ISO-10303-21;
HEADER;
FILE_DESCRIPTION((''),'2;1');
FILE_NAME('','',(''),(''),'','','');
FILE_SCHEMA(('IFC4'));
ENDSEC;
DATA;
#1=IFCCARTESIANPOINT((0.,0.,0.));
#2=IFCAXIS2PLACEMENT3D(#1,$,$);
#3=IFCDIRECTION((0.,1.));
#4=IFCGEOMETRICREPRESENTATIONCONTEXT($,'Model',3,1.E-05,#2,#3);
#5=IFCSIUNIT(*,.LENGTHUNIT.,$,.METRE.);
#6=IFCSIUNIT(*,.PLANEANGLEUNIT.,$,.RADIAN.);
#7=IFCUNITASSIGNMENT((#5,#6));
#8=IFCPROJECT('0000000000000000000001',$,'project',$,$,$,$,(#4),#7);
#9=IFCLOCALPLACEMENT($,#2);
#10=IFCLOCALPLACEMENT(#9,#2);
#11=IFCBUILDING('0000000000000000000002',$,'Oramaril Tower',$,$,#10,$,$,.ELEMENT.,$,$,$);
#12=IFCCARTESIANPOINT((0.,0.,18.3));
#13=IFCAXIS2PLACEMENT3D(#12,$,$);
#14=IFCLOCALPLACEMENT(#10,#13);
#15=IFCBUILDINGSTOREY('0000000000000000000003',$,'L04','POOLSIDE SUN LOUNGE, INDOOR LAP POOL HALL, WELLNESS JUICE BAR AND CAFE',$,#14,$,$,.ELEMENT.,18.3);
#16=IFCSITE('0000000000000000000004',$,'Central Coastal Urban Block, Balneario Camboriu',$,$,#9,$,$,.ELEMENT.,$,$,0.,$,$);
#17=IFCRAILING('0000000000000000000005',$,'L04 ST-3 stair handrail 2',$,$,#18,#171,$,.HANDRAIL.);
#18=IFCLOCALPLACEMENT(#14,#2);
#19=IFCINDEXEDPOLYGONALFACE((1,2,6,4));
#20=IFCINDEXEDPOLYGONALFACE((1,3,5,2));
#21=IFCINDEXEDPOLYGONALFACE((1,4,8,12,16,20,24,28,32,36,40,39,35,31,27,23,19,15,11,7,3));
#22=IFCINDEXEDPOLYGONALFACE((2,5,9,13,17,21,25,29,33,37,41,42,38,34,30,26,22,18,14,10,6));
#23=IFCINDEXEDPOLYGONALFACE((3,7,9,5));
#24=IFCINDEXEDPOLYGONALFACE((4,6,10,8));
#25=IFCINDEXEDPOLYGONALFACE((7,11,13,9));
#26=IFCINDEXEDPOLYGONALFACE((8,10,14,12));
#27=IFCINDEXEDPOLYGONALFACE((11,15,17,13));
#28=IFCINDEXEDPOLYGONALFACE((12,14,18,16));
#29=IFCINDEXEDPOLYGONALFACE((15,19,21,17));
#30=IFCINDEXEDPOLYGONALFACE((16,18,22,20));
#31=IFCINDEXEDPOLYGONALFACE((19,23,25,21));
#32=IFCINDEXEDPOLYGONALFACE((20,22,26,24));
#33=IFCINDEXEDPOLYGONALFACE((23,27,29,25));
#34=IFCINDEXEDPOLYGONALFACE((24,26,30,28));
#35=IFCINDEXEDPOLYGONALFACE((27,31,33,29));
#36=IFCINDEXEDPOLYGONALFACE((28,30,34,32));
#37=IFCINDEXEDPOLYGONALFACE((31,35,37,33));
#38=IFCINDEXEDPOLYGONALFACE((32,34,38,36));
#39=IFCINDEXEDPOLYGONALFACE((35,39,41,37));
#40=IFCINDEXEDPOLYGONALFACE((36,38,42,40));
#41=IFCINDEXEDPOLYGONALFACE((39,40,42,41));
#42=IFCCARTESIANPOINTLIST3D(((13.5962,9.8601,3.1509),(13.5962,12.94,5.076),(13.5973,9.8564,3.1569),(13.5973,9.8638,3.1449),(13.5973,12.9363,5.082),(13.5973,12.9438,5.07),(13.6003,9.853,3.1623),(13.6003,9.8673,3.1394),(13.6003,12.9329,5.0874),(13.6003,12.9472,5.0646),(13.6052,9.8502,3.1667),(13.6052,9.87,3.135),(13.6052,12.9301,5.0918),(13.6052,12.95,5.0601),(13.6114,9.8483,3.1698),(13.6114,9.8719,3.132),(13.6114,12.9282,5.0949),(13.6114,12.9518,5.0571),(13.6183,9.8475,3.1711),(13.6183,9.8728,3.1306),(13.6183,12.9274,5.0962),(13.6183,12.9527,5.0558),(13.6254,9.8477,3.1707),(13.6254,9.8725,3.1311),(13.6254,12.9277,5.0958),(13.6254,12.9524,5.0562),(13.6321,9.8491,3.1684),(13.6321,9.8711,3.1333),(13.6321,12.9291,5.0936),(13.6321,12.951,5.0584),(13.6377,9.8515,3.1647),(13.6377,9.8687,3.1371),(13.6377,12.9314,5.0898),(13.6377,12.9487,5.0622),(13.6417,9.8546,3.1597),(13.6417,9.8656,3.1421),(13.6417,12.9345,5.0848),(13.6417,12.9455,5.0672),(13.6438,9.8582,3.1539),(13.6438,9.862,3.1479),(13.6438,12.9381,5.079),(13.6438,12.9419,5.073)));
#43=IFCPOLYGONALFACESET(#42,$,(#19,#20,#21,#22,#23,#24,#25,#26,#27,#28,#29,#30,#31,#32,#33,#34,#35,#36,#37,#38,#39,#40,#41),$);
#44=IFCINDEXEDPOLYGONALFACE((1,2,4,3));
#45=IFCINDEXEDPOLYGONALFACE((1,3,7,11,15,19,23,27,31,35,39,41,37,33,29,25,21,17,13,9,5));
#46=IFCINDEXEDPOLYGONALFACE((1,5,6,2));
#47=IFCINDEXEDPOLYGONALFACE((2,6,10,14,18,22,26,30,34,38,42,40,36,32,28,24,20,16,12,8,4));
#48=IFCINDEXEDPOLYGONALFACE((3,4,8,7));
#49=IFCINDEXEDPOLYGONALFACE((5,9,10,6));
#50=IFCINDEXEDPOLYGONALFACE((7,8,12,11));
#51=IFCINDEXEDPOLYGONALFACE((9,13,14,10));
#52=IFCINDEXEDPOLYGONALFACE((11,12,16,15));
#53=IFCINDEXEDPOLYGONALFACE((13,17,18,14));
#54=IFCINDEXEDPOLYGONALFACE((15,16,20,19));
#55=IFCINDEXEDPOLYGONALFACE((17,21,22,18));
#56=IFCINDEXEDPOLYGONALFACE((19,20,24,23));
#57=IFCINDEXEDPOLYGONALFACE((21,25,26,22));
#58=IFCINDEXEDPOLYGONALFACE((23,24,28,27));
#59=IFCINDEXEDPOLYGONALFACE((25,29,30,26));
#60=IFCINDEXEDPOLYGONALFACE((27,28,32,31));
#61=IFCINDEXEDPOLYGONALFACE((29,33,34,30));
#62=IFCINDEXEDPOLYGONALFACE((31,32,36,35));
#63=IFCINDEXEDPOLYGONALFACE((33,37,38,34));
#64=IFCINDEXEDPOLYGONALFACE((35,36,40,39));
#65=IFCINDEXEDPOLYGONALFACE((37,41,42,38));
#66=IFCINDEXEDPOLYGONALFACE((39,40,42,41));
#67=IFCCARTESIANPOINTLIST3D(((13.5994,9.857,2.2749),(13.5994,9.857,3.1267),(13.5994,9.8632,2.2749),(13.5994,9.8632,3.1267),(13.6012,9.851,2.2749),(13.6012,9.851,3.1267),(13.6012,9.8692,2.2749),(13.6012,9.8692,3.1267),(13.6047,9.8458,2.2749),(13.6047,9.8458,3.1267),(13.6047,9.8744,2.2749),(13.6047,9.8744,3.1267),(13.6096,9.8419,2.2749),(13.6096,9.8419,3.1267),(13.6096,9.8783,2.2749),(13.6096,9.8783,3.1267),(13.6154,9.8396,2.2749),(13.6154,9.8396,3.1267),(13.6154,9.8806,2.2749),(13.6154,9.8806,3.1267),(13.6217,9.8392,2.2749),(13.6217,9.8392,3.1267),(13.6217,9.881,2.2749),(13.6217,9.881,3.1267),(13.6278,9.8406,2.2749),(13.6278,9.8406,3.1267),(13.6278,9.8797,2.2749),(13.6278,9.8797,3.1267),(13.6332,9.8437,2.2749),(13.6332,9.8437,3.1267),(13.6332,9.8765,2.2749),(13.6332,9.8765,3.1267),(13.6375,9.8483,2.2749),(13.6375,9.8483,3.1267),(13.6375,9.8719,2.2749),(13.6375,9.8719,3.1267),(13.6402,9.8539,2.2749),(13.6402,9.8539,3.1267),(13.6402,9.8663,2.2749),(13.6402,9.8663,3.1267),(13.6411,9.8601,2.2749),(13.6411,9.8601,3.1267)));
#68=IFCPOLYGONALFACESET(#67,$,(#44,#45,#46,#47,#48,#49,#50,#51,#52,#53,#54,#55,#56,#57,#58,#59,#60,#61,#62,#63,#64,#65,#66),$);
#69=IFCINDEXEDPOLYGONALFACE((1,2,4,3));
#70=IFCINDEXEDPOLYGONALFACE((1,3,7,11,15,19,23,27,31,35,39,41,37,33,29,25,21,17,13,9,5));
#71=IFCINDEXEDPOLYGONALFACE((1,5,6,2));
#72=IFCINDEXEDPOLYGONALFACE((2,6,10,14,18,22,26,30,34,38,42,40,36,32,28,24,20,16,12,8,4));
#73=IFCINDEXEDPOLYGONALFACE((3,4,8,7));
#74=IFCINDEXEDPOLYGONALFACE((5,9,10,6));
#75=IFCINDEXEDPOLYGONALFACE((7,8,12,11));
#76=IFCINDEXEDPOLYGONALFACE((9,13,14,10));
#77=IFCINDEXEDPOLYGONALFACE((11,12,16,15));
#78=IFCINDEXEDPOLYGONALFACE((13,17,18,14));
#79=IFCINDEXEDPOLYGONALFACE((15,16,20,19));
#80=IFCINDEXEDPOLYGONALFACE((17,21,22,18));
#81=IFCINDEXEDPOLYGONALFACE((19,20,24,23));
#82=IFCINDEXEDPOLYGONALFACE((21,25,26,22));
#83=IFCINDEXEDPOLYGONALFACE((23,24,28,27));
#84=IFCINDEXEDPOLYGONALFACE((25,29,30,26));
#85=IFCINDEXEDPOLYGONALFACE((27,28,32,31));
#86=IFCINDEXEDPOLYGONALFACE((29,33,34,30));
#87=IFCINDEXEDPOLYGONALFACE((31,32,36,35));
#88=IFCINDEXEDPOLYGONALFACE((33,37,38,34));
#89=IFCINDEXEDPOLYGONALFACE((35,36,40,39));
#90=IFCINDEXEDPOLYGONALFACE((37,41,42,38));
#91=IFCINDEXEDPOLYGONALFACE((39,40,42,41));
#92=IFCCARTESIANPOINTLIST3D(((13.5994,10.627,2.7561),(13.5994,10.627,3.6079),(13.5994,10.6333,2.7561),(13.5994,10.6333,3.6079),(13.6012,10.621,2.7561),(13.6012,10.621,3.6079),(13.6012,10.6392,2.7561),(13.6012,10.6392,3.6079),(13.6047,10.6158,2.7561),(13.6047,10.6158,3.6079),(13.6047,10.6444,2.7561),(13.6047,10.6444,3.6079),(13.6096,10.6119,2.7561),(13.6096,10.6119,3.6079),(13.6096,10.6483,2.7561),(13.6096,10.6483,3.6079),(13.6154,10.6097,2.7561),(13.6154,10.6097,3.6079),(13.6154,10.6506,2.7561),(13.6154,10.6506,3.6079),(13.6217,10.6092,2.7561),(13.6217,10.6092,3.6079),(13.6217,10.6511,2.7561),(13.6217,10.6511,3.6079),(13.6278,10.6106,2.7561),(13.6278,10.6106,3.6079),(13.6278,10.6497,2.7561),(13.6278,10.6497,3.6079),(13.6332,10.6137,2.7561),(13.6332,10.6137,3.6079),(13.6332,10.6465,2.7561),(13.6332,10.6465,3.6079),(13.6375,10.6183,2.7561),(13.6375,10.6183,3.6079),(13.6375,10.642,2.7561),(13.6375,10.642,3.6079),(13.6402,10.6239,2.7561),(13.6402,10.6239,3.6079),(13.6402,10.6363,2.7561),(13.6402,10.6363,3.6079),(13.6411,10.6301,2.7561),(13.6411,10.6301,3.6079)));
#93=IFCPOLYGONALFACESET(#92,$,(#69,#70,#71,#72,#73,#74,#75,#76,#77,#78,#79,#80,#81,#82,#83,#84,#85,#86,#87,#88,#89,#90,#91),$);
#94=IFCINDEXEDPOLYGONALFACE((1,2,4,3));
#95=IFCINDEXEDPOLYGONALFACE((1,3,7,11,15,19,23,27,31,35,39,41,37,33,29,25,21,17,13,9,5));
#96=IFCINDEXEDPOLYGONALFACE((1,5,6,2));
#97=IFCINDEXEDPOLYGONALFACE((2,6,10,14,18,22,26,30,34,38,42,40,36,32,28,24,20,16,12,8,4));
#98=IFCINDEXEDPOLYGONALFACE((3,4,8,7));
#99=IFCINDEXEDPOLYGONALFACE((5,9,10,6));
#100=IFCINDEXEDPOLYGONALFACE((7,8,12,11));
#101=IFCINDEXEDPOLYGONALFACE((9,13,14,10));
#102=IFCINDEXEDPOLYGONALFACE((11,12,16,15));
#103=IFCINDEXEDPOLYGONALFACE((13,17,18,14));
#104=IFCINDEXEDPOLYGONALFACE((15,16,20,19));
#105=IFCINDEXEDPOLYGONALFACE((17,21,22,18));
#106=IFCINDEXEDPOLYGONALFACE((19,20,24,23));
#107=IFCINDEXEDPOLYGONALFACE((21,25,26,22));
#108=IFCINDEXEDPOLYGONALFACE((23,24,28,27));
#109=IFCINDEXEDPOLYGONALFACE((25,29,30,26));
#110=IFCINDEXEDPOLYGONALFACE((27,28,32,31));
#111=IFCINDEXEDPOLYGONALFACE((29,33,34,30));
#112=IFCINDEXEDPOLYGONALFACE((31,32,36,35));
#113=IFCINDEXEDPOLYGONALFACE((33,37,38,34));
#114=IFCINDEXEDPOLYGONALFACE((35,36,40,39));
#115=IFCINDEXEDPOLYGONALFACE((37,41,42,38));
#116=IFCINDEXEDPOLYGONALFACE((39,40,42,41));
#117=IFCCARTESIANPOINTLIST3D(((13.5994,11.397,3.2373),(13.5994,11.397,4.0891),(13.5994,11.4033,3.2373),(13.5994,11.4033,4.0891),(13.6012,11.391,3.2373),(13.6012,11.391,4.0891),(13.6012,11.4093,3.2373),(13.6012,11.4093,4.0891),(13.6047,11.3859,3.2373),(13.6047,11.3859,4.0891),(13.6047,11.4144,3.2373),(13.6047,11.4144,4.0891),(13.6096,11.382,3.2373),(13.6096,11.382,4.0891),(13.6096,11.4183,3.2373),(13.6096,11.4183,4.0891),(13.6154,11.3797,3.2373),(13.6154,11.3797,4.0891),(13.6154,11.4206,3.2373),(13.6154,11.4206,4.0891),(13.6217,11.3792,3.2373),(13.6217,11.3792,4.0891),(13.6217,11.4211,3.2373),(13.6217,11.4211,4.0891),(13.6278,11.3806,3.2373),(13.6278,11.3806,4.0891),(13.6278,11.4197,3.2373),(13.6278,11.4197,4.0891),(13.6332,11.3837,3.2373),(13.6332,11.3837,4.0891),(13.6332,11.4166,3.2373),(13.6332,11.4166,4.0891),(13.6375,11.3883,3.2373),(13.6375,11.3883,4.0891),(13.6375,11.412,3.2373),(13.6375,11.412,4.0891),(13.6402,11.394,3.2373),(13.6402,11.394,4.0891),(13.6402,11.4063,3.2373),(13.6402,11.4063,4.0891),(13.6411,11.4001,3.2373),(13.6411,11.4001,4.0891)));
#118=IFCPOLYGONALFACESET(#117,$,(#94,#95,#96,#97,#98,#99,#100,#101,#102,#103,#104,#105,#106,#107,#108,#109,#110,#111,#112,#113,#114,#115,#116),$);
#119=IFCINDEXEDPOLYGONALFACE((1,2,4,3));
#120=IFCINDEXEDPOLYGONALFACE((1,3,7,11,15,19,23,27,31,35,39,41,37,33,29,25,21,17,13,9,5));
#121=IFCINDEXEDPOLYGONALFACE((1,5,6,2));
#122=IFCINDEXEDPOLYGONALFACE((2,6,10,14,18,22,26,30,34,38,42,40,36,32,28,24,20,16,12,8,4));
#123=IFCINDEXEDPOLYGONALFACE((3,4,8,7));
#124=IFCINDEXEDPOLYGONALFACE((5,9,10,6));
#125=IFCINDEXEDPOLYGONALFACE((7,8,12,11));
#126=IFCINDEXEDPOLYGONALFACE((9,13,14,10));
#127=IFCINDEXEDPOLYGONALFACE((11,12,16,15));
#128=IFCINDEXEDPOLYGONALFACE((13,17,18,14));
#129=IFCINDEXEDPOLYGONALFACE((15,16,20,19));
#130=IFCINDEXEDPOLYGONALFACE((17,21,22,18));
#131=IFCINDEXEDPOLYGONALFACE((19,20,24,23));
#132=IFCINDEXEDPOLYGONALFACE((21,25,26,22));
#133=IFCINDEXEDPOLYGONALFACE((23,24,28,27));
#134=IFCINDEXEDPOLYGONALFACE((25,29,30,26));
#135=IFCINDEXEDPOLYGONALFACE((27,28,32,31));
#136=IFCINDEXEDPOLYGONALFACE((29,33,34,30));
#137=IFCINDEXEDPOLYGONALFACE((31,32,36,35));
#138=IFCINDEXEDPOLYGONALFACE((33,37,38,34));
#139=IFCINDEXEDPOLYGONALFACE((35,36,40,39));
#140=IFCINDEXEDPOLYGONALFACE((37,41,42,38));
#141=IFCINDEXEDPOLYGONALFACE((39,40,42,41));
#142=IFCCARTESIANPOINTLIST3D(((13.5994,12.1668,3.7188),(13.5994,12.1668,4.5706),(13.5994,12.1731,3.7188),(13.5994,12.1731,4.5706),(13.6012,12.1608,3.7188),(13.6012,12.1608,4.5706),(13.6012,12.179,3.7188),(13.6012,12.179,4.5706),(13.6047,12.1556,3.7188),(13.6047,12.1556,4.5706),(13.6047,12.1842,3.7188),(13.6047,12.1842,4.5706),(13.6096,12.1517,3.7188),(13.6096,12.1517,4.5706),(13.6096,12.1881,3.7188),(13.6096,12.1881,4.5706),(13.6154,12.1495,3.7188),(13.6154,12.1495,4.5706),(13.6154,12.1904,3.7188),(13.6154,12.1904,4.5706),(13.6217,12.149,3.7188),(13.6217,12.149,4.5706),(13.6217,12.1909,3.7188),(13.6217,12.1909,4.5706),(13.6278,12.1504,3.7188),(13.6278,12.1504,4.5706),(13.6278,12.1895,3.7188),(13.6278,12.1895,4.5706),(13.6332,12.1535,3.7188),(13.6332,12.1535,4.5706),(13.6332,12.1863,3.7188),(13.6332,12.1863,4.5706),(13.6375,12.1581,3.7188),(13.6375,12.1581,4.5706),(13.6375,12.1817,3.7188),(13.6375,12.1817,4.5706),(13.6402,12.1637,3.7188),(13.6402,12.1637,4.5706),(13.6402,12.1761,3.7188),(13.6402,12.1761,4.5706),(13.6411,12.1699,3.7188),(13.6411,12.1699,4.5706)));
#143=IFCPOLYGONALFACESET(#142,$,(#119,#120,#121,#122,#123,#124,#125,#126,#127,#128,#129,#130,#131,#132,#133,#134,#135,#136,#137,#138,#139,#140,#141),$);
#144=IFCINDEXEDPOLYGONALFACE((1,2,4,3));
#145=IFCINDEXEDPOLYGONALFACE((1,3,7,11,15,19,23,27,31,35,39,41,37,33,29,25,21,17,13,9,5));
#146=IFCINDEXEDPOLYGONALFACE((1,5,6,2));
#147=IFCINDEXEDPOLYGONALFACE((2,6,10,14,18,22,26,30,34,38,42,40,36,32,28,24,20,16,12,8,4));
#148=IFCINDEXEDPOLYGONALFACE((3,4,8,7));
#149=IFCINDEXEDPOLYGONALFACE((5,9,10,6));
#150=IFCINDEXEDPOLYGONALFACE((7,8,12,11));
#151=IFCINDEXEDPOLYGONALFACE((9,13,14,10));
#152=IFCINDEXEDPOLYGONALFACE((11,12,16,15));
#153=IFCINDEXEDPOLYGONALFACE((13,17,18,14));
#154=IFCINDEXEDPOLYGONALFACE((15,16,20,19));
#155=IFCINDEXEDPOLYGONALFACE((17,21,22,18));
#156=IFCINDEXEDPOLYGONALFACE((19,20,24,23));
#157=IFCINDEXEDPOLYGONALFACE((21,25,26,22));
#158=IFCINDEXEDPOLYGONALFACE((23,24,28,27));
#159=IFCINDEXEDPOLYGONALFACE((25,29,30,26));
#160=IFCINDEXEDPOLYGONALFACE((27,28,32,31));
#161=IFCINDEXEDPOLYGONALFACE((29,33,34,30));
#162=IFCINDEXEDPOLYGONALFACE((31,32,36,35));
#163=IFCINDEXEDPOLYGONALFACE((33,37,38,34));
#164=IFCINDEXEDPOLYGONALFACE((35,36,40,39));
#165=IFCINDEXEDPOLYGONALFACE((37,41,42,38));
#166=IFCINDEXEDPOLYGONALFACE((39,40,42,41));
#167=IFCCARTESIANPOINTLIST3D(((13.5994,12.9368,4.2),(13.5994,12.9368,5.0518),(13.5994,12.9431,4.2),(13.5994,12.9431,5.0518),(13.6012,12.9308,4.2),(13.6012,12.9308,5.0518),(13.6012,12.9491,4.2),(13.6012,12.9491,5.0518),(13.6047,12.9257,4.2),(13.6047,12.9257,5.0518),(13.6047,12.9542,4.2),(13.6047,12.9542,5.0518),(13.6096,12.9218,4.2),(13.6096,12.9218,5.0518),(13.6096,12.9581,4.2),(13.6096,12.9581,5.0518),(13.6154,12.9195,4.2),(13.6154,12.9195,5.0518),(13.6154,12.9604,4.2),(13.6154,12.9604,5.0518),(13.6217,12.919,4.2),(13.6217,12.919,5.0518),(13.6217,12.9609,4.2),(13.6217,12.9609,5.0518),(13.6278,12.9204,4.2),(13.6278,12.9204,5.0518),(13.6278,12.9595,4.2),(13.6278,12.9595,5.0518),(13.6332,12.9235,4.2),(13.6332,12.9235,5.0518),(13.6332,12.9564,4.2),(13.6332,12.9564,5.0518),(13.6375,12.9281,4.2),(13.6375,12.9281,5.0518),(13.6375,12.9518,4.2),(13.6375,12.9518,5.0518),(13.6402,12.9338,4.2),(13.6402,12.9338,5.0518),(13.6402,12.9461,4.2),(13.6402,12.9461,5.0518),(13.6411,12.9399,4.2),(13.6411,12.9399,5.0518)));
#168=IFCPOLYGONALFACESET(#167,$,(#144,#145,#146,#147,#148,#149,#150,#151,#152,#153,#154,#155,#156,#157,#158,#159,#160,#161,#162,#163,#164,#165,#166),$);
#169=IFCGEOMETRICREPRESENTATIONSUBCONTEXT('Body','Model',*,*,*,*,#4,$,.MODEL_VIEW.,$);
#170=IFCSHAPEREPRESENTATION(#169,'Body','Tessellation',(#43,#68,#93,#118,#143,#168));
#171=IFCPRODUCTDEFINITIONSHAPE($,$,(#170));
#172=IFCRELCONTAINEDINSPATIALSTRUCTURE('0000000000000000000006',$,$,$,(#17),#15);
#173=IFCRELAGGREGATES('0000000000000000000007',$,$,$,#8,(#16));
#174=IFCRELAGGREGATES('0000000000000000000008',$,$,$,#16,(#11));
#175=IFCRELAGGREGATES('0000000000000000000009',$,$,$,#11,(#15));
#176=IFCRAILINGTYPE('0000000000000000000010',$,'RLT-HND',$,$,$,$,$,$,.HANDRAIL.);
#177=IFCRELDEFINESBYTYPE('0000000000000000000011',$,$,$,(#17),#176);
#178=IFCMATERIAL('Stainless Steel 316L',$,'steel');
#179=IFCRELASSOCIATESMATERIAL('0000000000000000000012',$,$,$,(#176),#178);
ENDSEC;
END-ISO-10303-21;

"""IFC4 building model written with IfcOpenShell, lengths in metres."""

from ifc_helpers import new_model, si_unit, direction, frame, origin, origin_2d, place, context, subcontext, project, spatial, circle, extrude, material, type_object, element, save


model = new_model("IFC4")

# Units and contexts
model_context = context("Model", 3, precision=1e-05, world=origin(), true_north=direction((0.0, 1.0)))
body_context = subcontext(model_context, "Body", "Model", "MODEL_VIEW")
ifc_project = project(units=[si_unit("LENGTHUNIT", "METRE"), si_unit("PLANEANGLEUNIT", "RADIAN")], contexts=[model_context])

# Site, building, storey
site_placement = place(None, origin())
site = spatial("IfcSite", under=ifc_project, at=site_placement, Name="Central Coastal Urban Block, Balneario Camboriu", CompositionType="ELEMENT", RefElevation=0.0)
building_placement = place(site_placement, origin())
building = spatial("IfcBuilding", under=site, at=building_placement, Name="Oramaril Tower", CompositionType="ELEMENT")
storey_placement = place(building_placement, frame((0.0, 0.0, 18.3)))
storey = spatial("IfcBuildingStorey", under=building, at=storey_placement, Name="L04", Description="POOLSIDE SUN LOUNGE, INDOOR LAP POOL HALL, WELLNESS JUICE BAR AND CAFE", CompositionType="ELEMENT", Elevation=18.3)

# Railing
ifc_material_1 = material(Name="Stainless Steel 316L", Category="steel")
railing_type_1 = type_object("IfcRailingType", Name="RLT-HND", PredefinedType="HANDRAIL", material=ifc_material_1)
railing_1_placement = place(storey_placement, frame((13.6201, 9.8601, 2.2749)))
element("IfcRailing", 1, at=railing_1_placement, inside=storey, type_object=railing_type_1, Name="L04 ST-3 stair handrail 2", PredefinedType="HANDRAIL", context=body_context, shape_type="SweptSolid", body=[
    extrude(circle(Radius=0.0239, at=origin_2d()), frame((0.0, 0.0, 0.876), z_axis=(0.0, 0.847979, 0.530029), x_axis=(-1.0, 0.0, 0.0)), (0.0, 0.0, 1.0), 3.6321),
    extrude(circle(Radius=0.021, at=origin_2d()), origin(), (0.0, 0.0, 1.0), 0.8518),
    extrude(circle(Radius=0.021, at=origin_2d()), frame((0.0, 0.77, 0.4812)), (0.0, 0.0, 1.0), 0.8518),
    extrude(circle(Radius=0.021, at=origin_2d()), frame((0.0, 1.54, 0.9624)), (0.0, 0.0, 1.0), 0.8518),
    extrude(circle(Radius=0.021, at=origin_2d()), frame((0.0, 2.3098, 1.4438)), (0.0, 0.0, 1.0), 0.8518),
    extrude(circle(Radius=0.021, at=origin_2d()), frame((0.0, 3.0798, 1.925)), (0.0, 0.0, 1.0), 0.8518),
])

save(model, "model.ifc")
